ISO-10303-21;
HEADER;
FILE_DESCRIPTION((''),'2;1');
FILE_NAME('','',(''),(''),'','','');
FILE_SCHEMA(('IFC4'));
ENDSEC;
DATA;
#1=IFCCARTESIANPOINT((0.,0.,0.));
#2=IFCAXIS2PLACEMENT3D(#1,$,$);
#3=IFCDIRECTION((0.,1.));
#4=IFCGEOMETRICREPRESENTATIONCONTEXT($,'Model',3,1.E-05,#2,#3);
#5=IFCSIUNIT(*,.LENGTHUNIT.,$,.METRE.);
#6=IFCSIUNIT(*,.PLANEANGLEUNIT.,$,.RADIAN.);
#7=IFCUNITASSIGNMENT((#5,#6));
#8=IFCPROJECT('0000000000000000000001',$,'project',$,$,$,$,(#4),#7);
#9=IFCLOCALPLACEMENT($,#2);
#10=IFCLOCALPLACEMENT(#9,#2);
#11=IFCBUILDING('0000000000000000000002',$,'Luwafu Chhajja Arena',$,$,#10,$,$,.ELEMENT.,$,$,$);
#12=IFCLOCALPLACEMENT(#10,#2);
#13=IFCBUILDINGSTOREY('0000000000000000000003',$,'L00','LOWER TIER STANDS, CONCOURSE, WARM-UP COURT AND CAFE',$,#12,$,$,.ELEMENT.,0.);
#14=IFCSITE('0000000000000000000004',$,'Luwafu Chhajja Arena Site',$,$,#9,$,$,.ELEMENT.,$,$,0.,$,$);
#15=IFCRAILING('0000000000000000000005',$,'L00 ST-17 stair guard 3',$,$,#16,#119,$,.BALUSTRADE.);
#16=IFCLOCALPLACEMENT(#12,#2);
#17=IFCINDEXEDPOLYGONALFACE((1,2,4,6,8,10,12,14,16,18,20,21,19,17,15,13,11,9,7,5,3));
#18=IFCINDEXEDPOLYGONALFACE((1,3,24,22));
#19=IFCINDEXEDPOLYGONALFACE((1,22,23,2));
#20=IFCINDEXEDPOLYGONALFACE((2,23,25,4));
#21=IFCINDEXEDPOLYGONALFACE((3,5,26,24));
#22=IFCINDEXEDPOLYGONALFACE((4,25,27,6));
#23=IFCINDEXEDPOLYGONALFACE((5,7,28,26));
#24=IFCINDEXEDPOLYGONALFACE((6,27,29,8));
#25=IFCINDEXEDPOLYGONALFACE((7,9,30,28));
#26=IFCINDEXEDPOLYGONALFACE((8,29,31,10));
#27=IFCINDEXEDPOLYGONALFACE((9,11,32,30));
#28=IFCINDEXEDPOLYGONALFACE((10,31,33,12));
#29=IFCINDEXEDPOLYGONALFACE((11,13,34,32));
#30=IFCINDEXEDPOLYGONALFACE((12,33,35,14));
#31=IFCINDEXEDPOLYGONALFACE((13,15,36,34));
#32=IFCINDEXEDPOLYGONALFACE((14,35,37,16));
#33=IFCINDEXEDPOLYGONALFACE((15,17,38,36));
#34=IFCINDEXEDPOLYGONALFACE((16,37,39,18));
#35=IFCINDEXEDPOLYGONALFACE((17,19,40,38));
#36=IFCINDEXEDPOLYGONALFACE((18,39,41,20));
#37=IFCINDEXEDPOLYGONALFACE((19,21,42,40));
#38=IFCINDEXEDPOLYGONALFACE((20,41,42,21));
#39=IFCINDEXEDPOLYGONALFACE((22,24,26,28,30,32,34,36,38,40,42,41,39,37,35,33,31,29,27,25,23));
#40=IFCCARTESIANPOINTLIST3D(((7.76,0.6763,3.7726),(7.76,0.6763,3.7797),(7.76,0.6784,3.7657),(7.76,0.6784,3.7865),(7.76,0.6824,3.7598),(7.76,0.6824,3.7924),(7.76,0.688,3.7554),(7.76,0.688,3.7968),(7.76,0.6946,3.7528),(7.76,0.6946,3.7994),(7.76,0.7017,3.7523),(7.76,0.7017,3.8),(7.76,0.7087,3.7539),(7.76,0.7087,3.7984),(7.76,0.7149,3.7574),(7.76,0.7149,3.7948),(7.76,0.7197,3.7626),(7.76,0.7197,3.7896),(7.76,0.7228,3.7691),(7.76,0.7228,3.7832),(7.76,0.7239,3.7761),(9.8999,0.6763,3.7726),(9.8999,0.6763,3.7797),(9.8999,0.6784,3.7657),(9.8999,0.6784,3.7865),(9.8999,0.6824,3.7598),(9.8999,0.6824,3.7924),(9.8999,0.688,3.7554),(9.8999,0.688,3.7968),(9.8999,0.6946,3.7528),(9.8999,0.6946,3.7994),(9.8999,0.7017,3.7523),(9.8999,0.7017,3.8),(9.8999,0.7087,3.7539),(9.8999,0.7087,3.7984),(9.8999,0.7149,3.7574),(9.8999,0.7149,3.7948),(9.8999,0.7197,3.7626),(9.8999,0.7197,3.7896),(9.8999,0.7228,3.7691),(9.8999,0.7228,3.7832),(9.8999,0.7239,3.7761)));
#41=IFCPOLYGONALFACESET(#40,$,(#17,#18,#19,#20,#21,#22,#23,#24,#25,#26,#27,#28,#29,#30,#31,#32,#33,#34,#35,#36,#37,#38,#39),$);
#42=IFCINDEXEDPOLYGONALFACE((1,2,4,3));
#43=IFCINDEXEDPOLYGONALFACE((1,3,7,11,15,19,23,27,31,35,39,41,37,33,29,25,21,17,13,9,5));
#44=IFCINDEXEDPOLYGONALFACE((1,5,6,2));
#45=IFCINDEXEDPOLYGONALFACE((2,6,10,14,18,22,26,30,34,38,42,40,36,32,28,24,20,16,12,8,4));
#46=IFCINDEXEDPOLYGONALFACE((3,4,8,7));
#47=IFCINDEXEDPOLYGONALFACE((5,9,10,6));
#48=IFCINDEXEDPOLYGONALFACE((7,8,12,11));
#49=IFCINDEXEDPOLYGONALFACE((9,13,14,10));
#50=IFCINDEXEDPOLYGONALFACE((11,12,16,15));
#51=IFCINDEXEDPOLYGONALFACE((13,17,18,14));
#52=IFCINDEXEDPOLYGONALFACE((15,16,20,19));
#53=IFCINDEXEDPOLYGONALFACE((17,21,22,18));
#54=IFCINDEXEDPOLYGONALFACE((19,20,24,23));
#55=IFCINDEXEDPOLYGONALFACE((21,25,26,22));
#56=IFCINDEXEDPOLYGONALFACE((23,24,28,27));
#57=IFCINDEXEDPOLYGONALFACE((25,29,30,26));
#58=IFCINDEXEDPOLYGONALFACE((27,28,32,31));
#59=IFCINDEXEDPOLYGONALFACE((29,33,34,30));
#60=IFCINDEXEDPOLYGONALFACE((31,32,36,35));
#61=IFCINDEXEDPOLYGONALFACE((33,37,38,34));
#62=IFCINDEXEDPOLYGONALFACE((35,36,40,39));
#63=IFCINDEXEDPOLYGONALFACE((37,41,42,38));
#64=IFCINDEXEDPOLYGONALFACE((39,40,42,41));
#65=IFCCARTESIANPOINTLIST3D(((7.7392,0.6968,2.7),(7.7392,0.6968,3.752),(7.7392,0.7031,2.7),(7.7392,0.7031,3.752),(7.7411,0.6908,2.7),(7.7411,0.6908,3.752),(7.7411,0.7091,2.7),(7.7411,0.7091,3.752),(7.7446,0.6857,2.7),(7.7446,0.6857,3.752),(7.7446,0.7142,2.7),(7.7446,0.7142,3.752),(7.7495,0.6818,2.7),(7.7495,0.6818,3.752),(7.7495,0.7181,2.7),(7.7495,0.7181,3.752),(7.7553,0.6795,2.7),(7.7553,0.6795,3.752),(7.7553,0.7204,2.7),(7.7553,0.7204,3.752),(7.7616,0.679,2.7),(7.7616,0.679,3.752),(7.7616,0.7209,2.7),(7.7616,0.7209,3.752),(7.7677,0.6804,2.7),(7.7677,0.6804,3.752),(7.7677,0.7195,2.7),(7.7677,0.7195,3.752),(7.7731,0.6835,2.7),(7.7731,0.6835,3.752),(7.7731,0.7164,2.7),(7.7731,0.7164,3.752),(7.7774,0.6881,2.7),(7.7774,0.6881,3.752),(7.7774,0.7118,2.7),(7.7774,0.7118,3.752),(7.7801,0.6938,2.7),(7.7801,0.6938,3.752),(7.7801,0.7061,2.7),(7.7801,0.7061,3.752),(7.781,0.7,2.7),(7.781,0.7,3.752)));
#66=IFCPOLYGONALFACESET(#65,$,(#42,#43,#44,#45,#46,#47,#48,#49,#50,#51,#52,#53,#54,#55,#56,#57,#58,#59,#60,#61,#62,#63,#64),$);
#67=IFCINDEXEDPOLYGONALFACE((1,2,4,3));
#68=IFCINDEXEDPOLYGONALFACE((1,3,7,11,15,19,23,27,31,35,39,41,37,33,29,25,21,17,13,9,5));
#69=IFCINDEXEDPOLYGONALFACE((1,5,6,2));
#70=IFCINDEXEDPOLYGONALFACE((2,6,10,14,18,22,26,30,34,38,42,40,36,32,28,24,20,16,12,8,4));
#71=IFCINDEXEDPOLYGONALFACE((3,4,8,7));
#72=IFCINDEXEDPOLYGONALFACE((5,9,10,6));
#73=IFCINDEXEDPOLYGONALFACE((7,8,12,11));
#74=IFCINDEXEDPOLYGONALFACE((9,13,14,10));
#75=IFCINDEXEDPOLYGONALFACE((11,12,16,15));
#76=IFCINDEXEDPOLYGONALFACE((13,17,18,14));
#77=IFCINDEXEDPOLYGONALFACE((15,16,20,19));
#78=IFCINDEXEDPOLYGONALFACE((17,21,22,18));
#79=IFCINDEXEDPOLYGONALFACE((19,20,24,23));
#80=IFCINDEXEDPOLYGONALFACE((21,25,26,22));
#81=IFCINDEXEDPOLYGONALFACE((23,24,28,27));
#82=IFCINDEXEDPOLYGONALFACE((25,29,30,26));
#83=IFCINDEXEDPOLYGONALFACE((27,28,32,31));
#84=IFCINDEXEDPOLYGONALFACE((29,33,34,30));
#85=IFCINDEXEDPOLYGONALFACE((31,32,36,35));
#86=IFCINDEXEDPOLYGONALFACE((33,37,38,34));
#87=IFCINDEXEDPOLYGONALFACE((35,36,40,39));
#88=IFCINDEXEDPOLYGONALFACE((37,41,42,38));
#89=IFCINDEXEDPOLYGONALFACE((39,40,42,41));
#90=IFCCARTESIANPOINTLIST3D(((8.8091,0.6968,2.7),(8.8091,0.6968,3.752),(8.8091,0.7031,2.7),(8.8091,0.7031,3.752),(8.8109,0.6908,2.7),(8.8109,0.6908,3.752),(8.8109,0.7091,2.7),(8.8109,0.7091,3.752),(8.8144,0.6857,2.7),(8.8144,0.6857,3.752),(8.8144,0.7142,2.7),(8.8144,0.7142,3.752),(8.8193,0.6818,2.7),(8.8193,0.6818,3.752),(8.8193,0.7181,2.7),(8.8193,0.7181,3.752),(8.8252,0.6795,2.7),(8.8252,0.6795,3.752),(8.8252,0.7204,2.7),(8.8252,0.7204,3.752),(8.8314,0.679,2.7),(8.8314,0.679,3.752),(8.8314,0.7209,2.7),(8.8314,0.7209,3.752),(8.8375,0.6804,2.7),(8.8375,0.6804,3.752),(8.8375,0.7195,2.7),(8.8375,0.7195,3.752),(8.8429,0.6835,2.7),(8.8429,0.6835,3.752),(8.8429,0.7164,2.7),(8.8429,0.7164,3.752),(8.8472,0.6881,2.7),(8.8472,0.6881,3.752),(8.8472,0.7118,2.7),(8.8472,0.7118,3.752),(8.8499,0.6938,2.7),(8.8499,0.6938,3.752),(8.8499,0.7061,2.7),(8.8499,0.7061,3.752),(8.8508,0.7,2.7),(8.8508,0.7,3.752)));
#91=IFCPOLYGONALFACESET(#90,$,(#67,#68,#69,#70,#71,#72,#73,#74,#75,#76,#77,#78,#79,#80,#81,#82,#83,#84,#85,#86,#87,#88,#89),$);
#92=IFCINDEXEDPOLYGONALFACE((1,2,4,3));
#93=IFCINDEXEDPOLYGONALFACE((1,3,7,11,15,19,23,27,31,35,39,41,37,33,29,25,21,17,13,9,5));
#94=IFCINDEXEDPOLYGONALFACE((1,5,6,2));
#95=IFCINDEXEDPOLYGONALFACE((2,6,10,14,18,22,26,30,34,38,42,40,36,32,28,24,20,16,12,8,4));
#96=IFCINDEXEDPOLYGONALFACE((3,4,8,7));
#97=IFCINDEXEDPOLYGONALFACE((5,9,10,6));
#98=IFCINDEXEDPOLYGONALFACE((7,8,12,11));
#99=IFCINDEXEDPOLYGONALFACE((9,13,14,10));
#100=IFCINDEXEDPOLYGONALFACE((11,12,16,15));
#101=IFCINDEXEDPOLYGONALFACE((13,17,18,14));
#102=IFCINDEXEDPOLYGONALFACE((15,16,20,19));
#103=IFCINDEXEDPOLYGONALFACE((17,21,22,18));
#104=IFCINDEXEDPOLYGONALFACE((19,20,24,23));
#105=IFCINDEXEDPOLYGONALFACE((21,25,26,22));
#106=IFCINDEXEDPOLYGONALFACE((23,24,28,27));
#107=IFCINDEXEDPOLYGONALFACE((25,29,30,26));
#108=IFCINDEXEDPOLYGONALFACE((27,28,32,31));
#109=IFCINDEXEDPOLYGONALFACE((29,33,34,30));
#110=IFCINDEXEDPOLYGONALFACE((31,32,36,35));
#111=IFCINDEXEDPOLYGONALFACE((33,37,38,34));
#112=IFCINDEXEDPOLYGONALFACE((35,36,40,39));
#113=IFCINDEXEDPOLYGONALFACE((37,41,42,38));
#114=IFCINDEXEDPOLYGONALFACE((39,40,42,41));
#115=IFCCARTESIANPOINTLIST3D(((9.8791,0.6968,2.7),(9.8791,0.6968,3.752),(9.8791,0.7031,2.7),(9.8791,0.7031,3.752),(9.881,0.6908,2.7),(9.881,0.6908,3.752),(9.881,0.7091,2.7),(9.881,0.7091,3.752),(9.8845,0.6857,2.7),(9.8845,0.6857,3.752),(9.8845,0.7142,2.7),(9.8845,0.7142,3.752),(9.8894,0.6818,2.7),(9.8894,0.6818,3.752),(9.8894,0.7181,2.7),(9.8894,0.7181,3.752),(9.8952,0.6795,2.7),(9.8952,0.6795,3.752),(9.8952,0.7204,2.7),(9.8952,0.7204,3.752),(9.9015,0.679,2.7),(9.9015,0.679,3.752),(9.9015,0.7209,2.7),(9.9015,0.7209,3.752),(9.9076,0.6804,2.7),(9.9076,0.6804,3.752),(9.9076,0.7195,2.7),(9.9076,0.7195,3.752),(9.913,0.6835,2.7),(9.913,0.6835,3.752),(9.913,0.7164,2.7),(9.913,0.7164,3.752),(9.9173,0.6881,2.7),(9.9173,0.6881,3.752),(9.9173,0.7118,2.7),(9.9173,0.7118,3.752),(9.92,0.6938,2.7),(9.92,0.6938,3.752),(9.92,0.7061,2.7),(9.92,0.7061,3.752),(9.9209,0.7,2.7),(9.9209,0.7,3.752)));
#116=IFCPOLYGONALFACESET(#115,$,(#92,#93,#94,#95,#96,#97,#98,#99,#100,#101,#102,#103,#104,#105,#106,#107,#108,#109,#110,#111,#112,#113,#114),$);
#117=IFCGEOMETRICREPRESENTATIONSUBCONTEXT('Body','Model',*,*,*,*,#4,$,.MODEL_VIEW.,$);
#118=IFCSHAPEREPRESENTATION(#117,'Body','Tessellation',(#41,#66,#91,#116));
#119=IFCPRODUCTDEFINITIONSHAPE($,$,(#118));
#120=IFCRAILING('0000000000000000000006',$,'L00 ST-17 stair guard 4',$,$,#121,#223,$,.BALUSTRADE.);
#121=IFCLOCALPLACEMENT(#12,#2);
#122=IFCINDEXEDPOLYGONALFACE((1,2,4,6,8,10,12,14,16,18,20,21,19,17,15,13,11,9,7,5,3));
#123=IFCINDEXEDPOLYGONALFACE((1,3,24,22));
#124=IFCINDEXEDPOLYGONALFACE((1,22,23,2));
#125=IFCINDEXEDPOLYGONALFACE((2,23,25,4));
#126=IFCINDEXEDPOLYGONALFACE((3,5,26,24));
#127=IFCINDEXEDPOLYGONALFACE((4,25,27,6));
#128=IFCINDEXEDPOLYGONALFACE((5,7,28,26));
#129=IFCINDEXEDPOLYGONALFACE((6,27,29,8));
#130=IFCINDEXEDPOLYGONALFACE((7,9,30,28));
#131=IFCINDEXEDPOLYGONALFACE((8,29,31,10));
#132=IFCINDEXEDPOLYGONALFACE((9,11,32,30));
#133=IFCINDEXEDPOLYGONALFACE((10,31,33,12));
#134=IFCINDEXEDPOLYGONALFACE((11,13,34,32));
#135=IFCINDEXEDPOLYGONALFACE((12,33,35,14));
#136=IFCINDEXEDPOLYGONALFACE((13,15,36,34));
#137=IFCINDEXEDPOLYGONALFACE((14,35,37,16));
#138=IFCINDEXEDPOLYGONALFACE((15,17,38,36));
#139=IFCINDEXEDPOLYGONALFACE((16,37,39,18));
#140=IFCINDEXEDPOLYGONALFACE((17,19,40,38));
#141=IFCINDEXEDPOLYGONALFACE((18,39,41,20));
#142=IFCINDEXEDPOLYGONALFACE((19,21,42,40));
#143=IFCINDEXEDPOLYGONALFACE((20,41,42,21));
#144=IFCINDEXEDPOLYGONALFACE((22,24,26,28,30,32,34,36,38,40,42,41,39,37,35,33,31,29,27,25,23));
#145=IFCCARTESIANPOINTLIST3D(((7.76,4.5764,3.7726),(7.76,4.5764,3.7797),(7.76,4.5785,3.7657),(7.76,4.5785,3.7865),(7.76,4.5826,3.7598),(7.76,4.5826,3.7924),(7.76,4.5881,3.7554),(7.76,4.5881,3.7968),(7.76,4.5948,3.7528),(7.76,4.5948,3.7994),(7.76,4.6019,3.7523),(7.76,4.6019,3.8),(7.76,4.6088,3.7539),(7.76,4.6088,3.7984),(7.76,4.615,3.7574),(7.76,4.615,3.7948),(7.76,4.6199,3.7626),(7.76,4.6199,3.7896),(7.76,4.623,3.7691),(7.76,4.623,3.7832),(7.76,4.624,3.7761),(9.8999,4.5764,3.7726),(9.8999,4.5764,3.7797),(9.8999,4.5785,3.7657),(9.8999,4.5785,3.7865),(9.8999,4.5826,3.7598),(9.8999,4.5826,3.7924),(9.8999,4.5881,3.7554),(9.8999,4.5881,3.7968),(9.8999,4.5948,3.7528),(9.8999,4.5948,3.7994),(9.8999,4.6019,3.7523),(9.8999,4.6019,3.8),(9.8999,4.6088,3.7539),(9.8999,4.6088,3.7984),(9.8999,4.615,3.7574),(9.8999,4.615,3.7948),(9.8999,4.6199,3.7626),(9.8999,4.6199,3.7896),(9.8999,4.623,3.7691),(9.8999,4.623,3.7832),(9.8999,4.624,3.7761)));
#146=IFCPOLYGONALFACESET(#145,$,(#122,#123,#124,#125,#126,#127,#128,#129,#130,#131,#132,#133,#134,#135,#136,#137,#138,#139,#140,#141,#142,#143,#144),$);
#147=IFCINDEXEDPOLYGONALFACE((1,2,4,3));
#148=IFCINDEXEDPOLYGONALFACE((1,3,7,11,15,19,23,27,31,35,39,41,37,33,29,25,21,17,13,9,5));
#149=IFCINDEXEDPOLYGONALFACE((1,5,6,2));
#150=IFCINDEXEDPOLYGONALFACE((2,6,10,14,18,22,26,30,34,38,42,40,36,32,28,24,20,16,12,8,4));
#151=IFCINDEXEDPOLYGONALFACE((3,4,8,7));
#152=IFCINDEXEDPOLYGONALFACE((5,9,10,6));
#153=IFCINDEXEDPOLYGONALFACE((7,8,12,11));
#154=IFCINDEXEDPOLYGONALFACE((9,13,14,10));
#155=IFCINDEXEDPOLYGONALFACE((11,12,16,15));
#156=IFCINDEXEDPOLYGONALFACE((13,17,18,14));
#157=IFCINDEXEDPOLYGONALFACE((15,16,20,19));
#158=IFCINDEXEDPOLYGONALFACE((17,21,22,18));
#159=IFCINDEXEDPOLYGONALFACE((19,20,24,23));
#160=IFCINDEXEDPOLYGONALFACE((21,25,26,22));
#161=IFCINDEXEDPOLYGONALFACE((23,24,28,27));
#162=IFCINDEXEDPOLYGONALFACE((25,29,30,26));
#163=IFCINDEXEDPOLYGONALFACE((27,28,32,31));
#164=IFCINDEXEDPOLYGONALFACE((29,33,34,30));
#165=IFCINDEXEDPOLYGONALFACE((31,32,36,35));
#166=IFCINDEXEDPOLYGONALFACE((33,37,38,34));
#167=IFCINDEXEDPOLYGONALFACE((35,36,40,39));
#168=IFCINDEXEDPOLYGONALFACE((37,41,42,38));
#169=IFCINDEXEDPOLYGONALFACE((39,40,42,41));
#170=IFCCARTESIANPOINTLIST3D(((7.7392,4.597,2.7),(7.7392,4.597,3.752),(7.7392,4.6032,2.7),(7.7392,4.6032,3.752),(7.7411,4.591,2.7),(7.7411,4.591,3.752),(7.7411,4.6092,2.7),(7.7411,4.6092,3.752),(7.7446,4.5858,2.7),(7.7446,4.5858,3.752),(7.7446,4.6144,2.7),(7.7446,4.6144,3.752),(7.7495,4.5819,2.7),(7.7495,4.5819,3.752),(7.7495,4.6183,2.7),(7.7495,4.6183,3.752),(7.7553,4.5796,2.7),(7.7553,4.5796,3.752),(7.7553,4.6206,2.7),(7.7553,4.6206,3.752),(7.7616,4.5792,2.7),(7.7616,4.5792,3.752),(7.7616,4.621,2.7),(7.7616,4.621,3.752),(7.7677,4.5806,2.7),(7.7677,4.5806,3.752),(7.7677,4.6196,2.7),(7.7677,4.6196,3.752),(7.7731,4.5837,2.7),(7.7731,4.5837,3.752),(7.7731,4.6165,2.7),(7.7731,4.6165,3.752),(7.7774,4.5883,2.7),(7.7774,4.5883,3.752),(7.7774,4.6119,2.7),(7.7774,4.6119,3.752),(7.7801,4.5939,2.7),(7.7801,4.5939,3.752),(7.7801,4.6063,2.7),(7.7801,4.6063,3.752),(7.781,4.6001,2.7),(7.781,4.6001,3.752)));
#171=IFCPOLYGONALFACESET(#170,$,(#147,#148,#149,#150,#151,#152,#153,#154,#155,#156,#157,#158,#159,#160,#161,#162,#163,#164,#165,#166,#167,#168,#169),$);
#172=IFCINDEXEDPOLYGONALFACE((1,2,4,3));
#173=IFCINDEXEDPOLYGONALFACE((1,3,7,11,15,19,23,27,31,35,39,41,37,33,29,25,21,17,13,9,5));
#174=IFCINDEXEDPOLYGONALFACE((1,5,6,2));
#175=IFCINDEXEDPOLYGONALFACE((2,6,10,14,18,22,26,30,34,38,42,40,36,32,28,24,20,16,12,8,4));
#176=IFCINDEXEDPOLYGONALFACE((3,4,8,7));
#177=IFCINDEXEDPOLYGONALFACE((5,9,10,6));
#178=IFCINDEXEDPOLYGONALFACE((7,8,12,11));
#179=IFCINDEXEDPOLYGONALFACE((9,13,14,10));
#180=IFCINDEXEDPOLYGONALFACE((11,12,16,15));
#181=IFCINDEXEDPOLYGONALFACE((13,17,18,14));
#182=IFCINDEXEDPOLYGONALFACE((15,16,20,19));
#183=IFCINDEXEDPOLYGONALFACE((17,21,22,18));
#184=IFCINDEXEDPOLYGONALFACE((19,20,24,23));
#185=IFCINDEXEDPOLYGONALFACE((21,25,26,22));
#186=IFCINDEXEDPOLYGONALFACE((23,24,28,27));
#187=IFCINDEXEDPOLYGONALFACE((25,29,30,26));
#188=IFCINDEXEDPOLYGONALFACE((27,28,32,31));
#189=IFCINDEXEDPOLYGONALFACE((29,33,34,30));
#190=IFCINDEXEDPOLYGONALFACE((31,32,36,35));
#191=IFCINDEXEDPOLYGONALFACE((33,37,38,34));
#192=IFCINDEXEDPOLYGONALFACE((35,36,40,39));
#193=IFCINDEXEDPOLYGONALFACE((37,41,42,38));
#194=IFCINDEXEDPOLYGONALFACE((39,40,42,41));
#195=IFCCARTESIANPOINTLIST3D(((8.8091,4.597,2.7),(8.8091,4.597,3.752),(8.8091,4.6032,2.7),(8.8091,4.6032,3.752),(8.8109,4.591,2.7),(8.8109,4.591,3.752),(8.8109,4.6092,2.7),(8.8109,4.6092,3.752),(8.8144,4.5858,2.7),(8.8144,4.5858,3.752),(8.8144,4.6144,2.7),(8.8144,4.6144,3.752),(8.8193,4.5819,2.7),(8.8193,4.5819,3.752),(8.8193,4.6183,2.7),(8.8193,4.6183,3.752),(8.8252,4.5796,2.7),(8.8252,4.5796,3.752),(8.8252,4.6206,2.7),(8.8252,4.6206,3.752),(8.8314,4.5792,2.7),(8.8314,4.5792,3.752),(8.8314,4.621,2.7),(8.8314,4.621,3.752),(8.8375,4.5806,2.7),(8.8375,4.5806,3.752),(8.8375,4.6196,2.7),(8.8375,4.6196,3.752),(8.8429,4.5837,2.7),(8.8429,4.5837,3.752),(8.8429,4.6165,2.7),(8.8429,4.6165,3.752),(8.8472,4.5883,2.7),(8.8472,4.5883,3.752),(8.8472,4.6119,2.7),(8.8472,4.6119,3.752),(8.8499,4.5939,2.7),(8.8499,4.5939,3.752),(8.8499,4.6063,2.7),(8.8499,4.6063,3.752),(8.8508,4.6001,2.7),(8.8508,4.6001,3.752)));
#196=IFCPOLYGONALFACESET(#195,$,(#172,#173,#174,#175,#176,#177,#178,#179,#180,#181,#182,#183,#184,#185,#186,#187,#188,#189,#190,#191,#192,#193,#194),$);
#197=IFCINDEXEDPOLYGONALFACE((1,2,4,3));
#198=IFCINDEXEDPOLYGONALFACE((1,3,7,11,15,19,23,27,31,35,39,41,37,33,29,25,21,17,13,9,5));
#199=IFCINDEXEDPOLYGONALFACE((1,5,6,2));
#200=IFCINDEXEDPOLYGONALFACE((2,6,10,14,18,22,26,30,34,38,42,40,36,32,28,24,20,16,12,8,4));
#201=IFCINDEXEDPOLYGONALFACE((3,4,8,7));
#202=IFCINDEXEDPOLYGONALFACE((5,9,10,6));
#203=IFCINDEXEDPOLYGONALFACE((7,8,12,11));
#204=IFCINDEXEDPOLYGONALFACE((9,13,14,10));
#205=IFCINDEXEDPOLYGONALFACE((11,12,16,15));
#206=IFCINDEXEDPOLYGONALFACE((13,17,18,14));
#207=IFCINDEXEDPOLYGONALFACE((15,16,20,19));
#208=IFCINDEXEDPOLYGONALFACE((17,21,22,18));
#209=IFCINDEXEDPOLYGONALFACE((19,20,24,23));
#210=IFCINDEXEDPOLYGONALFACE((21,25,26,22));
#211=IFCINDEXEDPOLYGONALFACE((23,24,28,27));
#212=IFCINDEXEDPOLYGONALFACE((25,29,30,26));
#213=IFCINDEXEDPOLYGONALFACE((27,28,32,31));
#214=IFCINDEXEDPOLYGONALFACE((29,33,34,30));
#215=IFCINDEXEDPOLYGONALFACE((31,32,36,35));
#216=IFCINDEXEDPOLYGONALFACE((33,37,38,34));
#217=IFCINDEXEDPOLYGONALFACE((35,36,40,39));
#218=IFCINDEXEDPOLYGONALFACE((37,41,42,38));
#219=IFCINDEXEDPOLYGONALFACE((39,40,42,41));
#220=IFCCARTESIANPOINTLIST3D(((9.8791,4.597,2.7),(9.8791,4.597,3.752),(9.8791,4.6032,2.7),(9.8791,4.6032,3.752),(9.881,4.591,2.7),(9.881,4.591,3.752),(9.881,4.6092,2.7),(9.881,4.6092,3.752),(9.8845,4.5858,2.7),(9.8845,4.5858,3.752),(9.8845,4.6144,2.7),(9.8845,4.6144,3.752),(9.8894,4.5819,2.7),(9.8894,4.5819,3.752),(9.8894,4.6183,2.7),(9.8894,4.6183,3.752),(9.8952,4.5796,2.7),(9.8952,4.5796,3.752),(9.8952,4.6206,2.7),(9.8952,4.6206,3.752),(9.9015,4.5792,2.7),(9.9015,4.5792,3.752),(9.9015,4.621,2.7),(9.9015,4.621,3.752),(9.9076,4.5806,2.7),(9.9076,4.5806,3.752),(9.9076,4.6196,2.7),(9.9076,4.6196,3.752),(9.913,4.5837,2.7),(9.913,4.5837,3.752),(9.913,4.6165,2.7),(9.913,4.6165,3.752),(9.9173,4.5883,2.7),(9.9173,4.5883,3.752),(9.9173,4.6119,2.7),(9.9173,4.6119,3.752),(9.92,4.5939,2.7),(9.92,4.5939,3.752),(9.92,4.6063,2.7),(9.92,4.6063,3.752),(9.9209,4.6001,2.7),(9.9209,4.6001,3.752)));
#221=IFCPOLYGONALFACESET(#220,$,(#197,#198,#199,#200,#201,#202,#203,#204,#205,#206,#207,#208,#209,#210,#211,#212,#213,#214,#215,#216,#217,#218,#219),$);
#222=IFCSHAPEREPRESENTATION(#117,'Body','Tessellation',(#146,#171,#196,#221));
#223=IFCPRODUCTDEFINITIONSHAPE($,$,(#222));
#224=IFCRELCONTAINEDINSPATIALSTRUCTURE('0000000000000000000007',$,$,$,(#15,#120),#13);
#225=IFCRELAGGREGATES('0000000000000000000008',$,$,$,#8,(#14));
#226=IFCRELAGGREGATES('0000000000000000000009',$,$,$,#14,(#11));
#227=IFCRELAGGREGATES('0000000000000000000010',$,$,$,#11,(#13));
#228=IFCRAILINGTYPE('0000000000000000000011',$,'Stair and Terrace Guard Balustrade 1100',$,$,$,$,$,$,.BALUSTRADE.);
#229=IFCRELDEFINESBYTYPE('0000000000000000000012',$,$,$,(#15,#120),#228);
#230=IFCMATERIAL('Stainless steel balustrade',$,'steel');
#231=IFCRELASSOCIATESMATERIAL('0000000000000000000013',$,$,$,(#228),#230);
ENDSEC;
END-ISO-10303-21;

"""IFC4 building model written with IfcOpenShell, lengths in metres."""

from ifc_helpers import new_model, si_unit, direction, frame, origin, origin_2d, place, context, subcontext, project, spatial, circle, extrude, material, type_object, element, save


model = new_model("IFC4")

# Units and contexts
model_context = context("Model", 3, precision=1e-05, world=origin(), true_north=direction((0.0, 1.0)))
body_context = subcontext(model_context, "Body", "Model", "MODEL_VIEW")
ifc_project = project(units=[si_unit("LENGTHUNIT", "METRE"), si_unit("PLANEANGLEUNIT", "RADIAN")], contexts=[model_context])

# Site, building, storey
site_placement = place(None, origin())
site = spatial("IfcSite", under=ifc_project, at=site_placement, Name="Luwafu Chhajja Arena Site", CompositionType="ELEMENT", RefElevation=0.0)
building_placement = place(site_placement, origin())
building = spatial("IfcBuilding", under=site, at=building_placement, Name="Luwafu Chhajja Arena", CompositionType="ELEMENT")
storey_placement = place(building_placement, origin())
storey = spatial("IfcBuildingStorey", under=building, at=storey_placement, Name="L00", Description="LOWER TIER STANDS, CONCOURSE, WARM-UP COURT AND CAFE", CompositionType="ELEMENT", Elevation=0.0)

# Railings
ifc_material_1 = material(Name="Stainless steel balustrade", Category="steel")
railing_type_1 = type_object("IfcRailingType", Name="Stair and Terrace Guard Balustrade 1100", PredefinedType="BALUSTRADE", material=ifc_material_1)
for number, where, name in (
    (1, (7.76, 0.7, 2.7), "L00 ST-17 stair guard 3"),
    (2, (7.76, 4.6001, 2.7), "L00 ST-17 stair guard 4"),
):
    element("IfcRailing", number, at=place(storey_placement, frame(where)), inside=storey, type_object=railing_type_1, Name=name, PredefinedType="BALUSTRADE", context=body_context, shape_type="SweptSolid", body=[
        extrude(circle(Radius=0.0239, at=origin_2d()), frame((0.0, 0.0, 1.0762), z_axis=(1.0, 0.0, 0.0), x_axis=(0.0, 1.0, 0.0)), (0.0, 0.0, 1.0), 2.1399),
        extrude(circle(Radius=0.021, at=origin_2d()), origin(), (0.0, 0.0, 1.0), 1.052),
        extrude(circle(Radius=0.021, at=origin_2d()), frame((1.0698, 0.0, 0.0)), (0.0, 0.0, 1.0), 1.052),
        extrude(circle(Radius=0.021, at=origin_2d()), frame((2.1399, 0.0, 0.0)), (0.0, 0.0, 1.0), 1.052),
    ])

save(model, "model.ifc")
